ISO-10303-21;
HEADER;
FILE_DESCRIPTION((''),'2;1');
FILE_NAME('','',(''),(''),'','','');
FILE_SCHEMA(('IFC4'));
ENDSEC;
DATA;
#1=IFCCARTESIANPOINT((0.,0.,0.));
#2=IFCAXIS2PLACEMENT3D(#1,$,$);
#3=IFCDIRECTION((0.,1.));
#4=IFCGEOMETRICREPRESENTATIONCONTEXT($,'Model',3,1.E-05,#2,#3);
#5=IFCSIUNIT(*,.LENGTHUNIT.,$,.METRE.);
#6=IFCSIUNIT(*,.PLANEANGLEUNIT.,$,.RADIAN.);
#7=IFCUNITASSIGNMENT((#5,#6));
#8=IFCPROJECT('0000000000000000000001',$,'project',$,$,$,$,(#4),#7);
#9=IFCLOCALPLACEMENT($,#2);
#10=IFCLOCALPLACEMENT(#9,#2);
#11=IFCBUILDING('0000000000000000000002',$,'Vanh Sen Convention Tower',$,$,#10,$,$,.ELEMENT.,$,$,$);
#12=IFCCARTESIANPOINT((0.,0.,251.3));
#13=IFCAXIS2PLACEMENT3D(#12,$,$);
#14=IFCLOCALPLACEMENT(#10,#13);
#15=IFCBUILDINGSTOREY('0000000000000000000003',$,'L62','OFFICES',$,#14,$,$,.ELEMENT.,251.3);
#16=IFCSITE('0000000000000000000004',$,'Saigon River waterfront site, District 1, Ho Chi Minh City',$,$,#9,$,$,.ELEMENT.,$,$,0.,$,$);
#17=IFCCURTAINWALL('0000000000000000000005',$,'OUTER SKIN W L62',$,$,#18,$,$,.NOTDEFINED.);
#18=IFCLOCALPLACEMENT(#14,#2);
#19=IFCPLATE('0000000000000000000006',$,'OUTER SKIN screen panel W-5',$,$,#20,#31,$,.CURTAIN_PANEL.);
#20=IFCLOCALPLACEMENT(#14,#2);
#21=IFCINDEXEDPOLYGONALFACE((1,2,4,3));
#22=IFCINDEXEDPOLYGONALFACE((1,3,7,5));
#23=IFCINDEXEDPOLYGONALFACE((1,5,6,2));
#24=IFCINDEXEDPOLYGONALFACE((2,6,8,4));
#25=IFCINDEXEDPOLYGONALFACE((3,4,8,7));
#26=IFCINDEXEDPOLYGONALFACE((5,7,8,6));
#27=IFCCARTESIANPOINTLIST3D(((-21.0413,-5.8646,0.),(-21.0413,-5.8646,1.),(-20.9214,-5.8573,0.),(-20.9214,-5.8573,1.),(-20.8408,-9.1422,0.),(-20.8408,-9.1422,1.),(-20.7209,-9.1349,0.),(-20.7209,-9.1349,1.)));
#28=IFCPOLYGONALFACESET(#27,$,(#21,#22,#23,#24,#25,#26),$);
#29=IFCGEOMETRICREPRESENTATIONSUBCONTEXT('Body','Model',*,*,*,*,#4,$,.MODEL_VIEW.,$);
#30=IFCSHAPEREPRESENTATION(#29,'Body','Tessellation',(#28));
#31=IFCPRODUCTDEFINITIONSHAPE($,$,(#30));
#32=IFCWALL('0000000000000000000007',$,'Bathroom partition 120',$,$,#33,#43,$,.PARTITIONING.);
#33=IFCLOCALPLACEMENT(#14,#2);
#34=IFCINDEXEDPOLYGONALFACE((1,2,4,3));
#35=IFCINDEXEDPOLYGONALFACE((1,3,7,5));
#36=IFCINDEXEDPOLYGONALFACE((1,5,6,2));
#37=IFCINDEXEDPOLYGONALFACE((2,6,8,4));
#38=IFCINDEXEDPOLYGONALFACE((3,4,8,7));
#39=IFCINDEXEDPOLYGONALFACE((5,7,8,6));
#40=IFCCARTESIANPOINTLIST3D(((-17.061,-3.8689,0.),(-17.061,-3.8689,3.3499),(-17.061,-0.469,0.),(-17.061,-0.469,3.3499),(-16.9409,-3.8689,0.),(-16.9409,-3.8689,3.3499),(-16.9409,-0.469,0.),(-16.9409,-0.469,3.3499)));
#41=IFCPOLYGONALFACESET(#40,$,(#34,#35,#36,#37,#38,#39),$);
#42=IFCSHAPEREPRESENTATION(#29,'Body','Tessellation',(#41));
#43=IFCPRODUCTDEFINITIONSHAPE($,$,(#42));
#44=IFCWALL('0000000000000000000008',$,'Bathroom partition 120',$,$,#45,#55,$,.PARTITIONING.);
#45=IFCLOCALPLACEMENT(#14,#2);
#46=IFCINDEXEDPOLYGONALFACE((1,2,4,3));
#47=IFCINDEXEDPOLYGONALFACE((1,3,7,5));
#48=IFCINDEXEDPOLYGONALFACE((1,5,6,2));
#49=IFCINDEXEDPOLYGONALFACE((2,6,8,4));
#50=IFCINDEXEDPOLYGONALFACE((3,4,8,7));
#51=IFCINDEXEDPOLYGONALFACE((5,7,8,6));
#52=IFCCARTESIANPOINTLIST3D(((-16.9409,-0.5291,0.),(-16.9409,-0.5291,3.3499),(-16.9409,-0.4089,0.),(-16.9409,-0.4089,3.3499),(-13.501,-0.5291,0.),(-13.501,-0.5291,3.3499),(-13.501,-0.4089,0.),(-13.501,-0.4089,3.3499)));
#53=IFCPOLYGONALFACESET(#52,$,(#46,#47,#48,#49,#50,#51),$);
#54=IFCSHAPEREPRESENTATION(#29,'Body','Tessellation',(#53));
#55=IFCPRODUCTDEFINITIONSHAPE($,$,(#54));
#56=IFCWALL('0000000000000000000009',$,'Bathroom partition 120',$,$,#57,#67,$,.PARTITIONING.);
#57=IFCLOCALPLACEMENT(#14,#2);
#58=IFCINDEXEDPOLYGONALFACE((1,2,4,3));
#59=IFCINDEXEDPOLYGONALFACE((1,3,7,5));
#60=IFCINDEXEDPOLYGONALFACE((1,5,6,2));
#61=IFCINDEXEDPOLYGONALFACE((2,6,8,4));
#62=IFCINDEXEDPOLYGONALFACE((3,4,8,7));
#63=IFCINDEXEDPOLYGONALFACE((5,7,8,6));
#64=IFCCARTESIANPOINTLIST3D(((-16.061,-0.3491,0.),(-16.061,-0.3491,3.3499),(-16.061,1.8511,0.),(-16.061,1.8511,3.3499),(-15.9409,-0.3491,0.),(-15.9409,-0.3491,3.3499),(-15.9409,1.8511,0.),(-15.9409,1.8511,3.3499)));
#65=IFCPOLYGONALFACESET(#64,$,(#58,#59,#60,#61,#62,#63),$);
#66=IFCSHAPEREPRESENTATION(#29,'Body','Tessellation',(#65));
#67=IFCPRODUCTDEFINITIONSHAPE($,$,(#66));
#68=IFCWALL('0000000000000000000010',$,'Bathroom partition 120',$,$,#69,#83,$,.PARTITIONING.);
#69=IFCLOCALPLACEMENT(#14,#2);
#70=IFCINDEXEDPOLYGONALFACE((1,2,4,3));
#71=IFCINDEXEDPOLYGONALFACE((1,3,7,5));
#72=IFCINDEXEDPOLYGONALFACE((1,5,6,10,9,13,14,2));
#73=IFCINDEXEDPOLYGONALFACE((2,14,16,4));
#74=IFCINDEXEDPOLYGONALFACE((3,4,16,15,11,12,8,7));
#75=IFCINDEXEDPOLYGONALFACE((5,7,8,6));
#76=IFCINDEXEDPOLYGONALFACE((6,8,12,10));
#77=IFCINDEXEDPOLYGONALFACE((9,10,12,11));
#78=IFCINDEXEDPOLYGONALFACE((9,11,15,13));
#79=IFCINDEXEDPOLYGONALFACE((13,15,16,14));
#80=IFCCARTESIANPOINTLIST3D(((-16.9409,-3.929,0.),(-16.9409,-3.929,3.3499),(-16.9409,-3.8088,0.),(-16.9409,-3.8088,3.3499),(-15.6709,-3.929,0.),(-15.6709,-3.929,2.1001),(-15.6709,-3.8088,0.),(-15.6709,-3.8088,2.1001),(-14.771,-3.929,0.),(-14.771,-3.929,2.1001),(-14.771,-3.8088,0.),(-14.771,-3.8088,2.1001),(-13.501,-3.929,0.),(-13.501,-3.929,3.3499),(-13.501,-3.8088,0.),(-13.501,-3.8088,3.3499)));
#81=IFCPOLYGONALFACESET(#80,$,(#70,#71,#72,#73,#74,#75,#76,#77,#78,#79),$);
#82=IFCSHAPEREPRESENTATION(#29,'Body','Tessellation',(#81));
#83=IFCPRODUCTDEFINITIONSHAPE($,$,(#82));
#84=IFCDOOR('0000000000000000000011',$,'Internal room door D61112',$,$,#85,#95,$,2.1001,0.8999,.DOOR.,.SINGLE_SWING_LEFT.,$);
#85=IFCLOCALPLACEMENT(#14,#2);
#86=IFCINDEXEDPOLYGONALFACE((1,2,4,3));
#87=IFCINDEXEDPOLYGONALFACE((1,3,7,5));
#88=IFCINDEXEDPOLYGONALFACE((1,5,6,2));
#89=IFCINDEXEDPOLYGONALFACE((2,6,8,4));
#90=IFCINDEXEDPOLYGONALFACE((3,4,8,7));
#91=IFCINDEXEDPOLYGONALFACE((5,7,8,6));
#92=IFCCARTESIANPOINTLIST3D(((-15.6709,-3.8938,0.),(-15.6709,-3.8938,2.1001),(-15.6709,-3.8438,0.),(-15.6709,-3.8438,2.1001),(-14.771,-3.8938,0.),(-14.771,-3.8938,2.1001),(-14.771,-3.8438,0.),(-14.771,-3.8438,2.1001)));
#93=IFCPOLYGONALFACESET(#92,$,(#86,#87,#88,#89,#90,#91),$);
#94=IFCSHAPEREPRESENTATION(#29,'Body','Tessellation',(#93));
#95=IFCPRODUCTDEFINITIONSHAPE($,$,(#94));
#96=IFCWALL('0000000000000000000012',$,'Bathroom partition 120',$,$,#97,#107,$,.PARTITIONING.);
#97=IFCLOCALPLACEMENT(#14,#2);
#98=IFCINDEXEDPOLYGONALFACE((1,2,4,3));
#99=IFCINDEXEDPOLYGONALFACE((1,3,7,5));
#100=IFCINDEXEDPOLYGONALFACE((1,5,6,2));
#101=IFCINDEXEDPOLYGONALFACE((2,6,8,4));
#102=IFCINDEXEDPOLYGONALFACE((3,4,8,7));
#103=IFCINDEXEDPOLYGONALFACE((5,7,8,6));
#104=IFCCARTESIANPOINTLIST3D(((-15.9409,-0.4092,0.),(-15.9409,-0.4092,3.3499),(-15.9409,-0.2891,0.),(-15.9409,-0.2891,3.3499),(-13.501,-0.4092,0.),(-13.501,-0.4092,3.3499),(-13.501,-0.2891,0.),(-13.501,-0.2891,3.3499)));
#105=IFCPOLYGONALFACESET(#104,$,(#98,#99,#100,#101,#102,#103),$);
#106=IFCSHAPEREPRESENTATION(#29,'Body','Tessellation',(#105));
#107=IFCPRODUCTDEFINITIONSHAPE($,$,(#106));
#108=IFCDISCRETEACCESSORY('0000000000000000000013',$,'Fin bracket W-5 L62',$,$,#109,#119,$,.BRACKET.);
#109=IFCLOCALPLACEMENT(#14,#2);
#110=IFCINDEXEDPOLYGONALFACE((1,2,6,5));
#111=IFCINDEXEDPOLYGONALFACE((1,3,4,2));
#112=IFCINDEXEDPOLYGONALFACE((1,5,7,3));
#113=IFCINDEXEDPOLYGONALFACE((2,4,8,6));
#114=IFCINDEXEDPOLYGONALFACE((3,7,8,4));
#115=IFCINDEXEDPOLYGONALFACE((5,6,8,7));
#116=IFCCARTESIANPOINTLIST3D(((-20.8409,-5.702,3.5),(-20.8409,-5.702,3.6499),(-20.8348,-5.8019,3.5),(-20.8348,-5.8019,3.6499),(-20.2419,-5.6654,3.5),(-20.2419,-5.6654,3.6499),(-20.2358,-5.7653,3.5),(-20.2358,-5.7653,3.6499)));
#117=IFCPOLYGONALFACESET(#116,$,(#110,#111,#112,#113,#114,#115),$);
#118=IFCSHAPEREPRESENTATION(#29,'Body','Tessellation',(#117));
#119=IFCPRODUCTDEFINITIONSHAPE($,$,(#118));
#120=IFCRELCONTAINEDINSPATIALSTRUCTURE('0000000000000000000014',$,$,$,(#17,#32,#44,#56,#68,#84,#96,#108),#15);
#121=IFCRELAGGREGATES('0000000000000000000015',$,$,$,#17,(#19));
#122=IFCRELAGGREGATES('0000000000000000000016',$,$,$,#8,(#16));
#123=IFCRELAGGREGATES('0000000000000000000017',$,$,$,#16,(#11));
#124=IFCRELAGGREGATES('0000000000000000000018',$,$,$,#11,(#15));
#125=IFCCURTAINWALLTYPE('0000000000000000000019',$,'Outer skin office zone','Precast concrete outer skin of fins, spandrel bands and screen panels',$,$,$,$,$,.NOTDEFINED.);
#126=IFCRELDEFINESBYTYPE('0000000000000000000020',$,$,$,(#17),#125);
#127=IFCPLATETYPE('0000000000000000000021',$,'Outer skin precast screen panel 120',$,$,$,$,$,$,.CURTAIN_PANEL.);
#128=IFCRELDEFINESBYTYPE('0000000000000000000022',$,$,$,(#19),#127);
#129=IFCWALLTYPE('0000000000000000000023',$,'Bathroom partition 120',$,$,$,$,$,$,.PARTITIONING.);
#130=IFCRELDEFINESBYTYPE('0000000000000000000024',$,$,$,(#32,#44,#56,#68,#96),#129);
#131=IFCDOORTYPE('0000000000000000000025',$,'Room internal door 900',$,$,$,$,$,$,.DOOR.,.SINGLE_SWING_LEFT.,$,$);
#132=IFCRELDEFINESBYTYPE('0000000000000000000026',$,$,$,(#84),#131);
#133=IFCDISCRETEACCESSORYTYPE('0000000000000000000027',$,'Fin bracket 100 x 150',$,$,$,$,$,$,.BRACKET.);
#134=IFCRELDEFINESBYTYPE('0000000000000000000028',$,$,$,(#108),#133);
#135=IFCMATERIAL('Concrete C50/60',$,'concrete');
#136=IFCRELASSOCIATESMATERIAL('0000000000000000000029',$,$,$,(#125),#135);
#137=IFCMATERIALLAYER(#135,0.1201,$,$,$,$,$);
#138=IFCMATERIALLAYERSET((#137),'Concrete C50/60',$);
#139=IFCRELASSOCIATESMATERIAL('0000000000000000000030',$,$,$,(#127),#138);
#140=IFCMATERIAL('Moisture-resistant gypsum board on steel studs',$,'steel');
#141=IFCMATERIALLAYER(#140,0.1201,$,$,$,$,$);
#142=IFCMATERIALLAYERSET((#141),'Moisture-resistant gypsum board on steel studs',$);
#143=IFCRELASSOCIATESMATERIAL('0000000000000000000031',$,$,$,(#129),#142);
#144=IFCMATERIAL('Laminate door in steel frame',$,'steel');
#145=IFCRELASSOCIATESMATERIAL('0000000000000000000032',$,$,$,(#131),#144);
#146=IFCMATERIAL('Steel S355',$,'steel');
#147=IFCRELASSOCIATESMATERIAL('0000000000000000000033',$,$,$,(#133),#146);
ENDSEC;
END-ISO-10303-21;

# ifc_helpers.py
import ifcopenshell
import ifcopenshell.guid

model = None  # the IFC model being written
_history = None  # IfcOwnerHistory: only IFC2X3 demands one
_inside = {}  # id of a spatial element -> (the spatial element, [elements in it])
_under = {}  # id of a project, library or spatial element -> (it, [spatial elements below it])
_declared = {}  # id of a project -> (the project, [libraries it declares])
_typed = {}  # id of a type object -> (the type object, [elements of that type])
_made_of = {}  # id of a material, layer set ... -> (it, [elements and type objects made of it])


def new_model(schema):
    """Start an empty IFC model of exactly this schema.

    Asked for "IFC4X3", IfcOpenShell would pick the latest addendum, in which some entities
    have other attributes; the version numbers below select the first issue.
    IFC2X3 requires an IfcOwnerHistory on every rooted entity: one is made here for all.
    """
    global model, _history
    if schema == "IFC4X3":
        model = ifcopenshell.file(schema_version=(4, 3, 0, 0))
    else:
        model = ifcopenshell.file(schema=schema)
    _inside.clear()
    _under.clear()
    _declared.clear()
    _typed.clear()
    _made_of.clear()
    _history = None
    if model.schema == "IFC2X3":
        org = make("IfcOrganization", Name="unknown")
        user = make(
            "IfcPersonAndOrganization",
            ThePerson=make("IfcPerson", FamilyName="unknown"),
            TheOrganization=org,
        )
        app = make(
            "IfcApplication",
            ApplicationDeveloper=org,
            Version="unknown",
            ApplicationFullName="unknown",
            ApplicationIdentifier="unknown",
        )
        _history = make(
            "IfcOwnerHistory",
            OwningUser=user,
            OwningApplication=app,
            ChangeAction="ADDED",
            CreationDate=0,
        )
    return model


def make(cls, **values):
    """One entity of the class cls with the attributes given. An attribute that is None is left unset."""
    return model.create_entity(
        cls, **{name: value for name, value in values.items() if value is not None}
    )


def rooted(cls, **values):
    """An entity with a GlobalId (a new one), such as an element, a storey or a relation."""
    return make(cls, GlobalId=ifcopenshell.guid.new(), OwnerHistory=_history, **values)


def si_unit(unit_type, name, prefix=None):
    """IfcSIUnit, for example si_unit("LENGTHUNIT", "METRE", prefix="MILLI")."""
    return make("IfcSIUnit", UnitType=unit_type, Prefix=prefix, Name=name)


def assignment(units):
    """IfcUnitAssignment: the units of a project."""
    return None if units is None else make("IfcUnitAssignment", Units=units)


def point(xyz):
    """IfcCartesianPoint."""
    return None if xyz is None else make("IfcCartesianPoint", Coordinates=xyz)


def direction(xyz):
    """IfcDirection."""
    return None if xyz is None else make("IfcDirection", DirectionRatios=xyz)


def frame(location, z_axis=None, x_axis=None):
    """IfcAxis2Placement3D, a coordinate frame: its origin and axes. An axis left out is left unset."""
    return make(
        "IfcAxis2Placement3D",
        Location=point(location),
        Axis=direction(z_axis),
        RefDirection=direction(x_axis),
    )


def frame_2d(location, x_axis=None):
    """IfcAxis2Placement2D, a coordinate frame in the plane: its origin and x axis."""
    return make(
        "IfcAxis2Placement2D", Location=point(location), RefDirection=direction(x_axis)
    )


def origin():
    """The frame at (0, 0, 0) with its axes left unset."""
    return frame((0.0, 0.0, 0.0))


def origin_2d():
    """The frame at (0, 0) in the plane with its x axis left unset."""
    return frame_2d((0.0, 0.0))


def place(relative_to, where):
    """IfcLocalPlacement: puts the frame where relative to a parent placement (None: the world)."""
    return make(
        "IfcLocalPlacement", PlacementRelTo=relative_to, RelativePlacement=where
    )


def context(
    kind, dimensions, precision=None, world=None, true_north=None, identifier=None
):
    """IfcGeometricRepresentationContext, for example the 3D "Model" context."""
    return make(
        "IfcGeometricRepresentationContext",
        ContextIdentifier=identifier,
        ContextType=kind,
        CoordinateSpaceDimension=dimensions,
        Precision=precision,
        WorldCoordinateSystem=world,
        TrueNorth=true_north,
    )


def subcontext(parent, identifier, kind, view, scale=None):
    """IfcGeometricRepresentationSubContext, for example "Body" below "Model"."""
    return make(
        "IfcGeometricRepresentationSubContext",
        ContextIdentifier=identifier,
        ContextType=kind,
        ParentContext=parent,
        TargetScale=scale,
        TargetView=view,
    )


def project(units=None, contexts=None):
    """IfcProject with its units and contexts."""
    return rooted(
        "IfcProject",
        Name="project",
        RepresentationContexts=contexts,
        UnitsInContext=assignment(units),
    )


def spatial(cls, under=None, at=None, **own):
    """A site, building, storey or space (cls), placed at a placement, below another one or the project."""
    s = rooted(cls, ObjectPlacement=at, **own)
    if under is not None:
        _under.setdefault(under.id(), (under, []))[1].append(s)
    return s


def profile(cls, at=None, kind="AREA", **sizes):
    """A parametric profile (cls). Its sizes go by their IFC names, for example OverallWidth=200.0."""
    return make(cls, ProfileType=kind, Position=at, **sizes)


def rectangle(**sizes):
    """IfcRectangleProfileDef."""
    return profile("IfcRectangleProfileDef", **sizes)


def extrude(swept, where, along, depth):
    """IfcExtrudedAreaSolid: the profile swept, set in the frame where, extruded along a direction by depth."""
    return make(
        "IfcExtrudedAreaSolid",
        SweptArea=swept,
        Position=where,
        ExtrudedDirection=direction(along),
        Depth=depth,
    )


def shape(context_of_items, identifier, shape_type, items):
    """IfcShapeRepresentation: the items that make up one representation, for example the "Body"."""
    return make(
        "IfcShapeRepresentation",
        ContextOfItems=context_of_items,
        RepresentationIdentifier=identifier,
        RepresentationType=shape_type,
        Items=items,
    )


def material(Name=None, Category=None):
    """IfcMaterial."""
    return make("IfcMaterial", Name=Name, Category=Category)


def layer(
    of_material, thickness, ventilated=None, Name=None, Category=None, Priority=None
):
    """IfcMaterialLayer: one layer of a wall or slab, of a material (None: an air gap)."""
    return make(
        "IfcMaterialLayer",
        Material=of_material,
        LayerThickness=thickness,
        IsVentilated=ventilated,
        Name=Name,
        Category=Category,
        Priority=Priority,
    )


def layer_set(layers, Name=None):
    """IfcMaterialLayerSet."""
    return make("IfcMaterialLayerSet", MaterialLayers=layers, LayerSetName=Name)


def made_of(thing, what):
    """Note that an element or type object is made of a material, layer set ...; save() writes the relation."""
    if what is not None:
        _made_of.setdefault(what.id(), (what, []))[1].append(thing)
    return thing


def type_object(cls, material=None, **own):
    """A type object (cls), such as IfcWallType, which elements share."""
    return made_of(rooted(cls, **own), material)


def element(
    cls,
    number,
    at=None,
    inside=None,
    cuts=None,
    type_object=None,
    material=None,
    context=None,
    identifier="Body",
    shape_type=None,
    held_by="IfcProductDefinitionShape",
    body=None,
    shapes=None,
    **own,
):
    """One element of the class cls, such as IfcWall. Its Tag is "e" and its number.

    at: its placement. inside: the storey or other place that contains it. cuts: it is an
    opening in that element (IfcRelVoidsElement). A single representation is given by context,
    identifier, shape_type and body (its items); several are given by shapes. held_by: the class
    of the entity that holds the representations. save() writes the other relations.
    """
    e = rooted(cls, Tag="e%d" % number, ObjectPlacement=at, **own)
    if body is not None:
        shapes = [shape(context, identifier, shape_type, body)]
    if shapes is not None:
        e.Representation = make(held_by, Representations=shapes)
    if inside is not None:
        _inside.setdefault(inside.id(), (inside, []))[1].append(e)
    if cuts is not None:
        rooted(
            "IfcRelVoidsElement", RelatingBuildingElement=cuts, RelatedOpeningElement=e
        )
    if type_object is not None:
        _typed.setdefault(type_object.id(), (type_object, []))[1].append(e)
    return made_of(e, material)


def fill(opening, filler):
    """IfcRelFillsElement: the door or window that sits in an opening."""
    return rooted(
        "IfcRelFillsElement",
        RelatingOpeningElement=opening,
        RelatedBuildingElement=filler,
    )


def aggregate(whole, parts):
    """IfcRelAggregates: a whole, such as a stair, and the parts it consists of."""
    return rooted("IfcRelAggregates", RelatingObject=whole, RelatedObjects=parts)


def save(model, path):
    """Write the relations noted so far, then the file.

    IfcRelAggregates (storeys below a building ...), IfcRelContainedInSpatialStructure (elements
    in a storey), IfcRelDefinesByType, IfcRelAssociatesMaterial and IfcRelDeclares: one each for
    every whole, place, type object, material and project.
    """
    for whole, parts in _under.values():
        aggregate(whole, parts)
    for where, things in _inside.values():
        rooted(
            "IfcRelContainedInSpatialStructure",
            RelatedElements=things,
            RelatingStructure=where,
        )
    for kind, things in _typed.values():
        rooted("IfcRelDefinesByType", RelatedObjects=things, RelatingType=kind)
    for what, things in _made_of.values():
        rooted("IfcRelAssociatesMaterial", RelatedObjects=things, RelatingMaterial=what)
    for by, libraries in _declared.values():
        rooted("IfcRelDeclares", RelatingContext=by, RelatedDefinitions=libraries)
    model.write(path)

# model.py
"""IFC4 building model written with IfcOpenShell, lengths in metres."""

from ifc_helpers import new_model, si_unit, direction, frame, frame_2d, origin, origin_2d, place, context, subcontext, project, spatial, rectangle, extrude, material, layer, layer_set, type_object, element, fill, aggregate, save


model = new_model("IFC4")

# Units and contexts
model_context = context("Model", 3, precision=1e-05, world=origin(), true_north=direction((0.0, 1.0)))
body_context = subcontext(model_context, "Body", "Model", "MODEL_VIEW")
ifc_project = project(units=[si_unit("LENGTHUNIT", "METRE"), si_unit("PLANEANGLEUNIT", "RADIAN")], contexts=[model_context])

# Site, building, storey
site_placement = place(None, origin())
site = spatial("IfcSite", under=ifc_project, at=site_placement, Name="Saigon River waterfront site, District 1, Ho Chi Minh City", CompositionType="ELEMENT", RefElevation=0.0)
building_placement = place(site_placement, origin())
building = spatial("IfcBuilding", under=site, at=building_placement, Name="Vanh Sen Convention Tower", CompositionType="ELEMENT")
storey_placement = place(building_placement, frame((0.0, 0.0, 251.3)))
storey = spatial("IfcBuildingStorey", under=building, at=storey_placement, Name="L62", Description="OFFICES", CompositionType="ELEMENT", Elevation=251.3)

# Curtain wall
ifc_material_1 = material(Name="Concrete C50/60", Category="concrete")
curtain_wall_type = type_object("IfcCurtainWallType", Name="Outer skin office zone", Description="Precast concrete outer skin of fins, spandrel bands and screen panels", PredefinedType="NOTDEFINED", material=ifc_material_1)
curtain_wall_1_placement = place(storey_placement, origin())
curtain_wall_1 = element("IfcCurtainWall", 1, at=curtain_wall_1_placement, inside=storey, type_object=curtain_wall_type, Name="OUTER SKIN W L62", PredefinedType="NOTDEFINED")

# Plate
ifc_layer_1 = layer(ifc_material_1, 0.1201)
ifc_layer_set_1 = layer_set([ifc_layer_1], Name="Concrete C50/60")
plate_type = type_object("IfcPlateType", Name="Outer skin precast screen panel 120", PredefinedType="CURTAIN_PANEL", material=ifc_layer_set_1)
plate_1_placement = place(storey_placement, frame((-20.8811, -7.4998, 0.0), z_axis=(0.0, 0.0, 1.0), x_axis=(0.061069, -0.998134, 0.0)))
plate_1 = element("IfcPlate", 2, at=plate_1_placement, type_object=plate_type, Name="OUTER SKIN screen panel W-5", PredefinedType="CURTAIN_PANEL", context=body_context, shape_type="SweptSolid", body=[
    extrude(rectangle(XDim=3.2837, YDim=0.1201, at=origin_2d()), origin(), (0.0, 0.0, 1.0), 1.0),
])
aggregate(curtain_wall_1, [plate_1])

# Walls
ifc_material_2 = material(Name="Moisture-resistant gypsum board on steel studs", Category="steel")
ifc_layer_2 = layer(ifc_material_2, 0.1201)
ifc_layer_set_2 = layer_set([ifc_layer_2], Name="Moisture-resistant gypsum board on steel studs")
wall_type = type_object("IfcWallType", Name="Bathroom partition 120", PredefinedType="PARTITIONING", material=ifc_layer_set_2)
wall_1_placement = place(storey_placement, frame((-17.001, -3.8689, 0.0), z_axis=(0.0, 0.0, 1.0), x_axis=(0.0, 1.0, 0.0)))
element("IfcWall", 3, at=wall_1_placement, inside=storey, type_object=wall_type, Name="Bathroom partition 120", PredefinedType="PARTITIONING", context=body_context, shape_type="SweptSolid", body=[
    extrude(rectangle(XDim=3.3999, YDim=0.1201, at=frame_2d((1.7, 0.0))), origin(), (0.0, 0.0, 1.0), 3.3499),
])
wall_2_placement = place(storey_placement, frame((-16.9409, -0.469, 0.0), z_axis=(0.0, 0.0, 1.0), x_axis=(1.0, 0.0, 0.0)))
element("IfcWall", 4, at=wall_2_placement, inside=storey, type_object=wall_type, Name="Bathroom partition 120", PredefinedType="PARTITIONING", context=body_context, shape_type="SweptSolid", body=[
    extrude(rectangle(XDim=3.4399, YDim=0.1201, at=frame_2d((1.72, 0.0))), origin(), (0.0, 0.0, 1.0), 3.3499),
])
wall_3_placement = place(storey_placement, frame((-16.001, -0.3491, 0.0), z_axis=(0.0, 0.0, 1.0), x_axis=(0.0, 1.0, 0.0)))
element("IfcWall", 5, at=wall_3_placement, inside=storey, type_object=wall_type, Name="Bathroom partition 120", PredefinedType="PARTITIONING", context=body_context, shape_type="SweptSolid", body=[
    extrude(rectangle(XDim=2.2002, YDim=0.1201, at=frame_2d((1.1001, 0.0))), origin(), (0.0, 0.0, 1.0), 3.3499),
])

# Wall, opening, door
wall_4_placement = place(storey_placement, frame((-13.501, -3.8689, 0.0), z_axis=(0.0, 0.0, 1.0), x_axis=(-1.0, 0.0, 0.0)))
wall_4 = element("IfcWall", 6, at=wall_4_placement, inside=storey, type_object=wall_type, Name="Bathroom partition 120", PredefinedType="PARTITIONING", context=body_context, shape_type="SweptSolid", body=[
    extrude(rectangle(XDim=3.4399, YDim=0.1201, at=frame_2d((1.72, 0.0))), origin(), (0.0, 0.0, 1.0), 3.3499),
])
opening_placement = place(wall_4_placement, frame((1.27, 0.0, 0.0)))
opening = element("IfcOpeningElement", 7, at=opening_placement, cuts=wall_4, PredefinedType="OPENING", context=body_context, shape_type="SweptSolid", body=[
    extrude(rectangle(XDim=0.8999, YDim=2.1001, at=frame_2d((0.45, 1.05))), frame((0.0, 0.0701, 0.0), z_axis=(0.0, -1.0, 0.0), x_axis=(1.0, 0.0, 0.0)), (0.0, 0.0, 1.0), 0.1401),
])
ifc_material_3 = material(Name="Laminate door in steel frame", Category="steel")
door_type = type_object("IfcDoorType", Name="Room internal door 900", OperationType="SINGLE_SWING_LEFT", PredefinedType="DOOR", material=ifc_material_3)
door_placement = place(opening_placement, origin())
door = element("IfcDoor", 8, at=door_placement, inside=storey, type_object=door_type, Name="Internal room door D61112", OperationType="SINGLE_SWING_LEFT", OverallHeight=2.1001, OverallWidth=0.8999, PredefinedType="DOOR", context=body_context, shape_type="SweptSolid", body=[
    extrude(rectangle(XDim=0.8999, YDim=2.1001, at=frame_2d((0.45, 1.05))), frame((0.0, 0.0249, 0.0), z_axis=(0.0, -1.0, 0.0), x_axis=(1.0, 0.0, 0.0)), (0.0, 0.0, 1.0), 0.05),
])
fill(opening, door)

# Wall
wall_5_placement = place(storey_placement, frame((-13.501, -0.3491, 0.0), z_axis=(0.0, 0.0, 1.0), x_axis=(-1.0, 0.0, 0.0)))
element("IfcWall", 9, at=wall_5_placement, inside=storey, type_object=wall_type, Name="Bathroom partition 120", PredefinedType="PARTITIONING", context=body_context, shape_type="SweptSolid", body=[
    extrude(rectangle(XDim=2.4399, YDim=0.1201, at=frame_2d((1.22, 0.0))), origin(), (0.0, 0.0, 1.0), 3.3499),
])

# Discrete accessory
ifc_material_4 = material(Name="Steel S355", Category="steel")
discrete_accessory_type = type_object("IfcDiscreteAccessoryType", Name="Fin bracket 100 x 150", PredefinedType="BRACKET", material=ifc_material_4)
discrete_accessory_placement = place(storey_placement, frame((-20.5383, -5.7336, 3.5), z_axis=(0.0, 0.0, 1.0), x_axis=(-0.998135, -0.061049, 0.0)))
element("IfcDiscreteAccessory", 10, at=discrete_accessory_placement, inside=storey, type_object=discrete_accessory_type, Name="Fin bracket W-5 L62", PredefinedType="BRACKET", context=body_context, shape_type="SweptSolid", body=[
    extrude(rectangle(XDim=0.6001, YDim=0.1001, at=origin_2d()), origin(), (0.0, 0.0, 1.0), 0.1499),
])

save(model, "model.ifc")
